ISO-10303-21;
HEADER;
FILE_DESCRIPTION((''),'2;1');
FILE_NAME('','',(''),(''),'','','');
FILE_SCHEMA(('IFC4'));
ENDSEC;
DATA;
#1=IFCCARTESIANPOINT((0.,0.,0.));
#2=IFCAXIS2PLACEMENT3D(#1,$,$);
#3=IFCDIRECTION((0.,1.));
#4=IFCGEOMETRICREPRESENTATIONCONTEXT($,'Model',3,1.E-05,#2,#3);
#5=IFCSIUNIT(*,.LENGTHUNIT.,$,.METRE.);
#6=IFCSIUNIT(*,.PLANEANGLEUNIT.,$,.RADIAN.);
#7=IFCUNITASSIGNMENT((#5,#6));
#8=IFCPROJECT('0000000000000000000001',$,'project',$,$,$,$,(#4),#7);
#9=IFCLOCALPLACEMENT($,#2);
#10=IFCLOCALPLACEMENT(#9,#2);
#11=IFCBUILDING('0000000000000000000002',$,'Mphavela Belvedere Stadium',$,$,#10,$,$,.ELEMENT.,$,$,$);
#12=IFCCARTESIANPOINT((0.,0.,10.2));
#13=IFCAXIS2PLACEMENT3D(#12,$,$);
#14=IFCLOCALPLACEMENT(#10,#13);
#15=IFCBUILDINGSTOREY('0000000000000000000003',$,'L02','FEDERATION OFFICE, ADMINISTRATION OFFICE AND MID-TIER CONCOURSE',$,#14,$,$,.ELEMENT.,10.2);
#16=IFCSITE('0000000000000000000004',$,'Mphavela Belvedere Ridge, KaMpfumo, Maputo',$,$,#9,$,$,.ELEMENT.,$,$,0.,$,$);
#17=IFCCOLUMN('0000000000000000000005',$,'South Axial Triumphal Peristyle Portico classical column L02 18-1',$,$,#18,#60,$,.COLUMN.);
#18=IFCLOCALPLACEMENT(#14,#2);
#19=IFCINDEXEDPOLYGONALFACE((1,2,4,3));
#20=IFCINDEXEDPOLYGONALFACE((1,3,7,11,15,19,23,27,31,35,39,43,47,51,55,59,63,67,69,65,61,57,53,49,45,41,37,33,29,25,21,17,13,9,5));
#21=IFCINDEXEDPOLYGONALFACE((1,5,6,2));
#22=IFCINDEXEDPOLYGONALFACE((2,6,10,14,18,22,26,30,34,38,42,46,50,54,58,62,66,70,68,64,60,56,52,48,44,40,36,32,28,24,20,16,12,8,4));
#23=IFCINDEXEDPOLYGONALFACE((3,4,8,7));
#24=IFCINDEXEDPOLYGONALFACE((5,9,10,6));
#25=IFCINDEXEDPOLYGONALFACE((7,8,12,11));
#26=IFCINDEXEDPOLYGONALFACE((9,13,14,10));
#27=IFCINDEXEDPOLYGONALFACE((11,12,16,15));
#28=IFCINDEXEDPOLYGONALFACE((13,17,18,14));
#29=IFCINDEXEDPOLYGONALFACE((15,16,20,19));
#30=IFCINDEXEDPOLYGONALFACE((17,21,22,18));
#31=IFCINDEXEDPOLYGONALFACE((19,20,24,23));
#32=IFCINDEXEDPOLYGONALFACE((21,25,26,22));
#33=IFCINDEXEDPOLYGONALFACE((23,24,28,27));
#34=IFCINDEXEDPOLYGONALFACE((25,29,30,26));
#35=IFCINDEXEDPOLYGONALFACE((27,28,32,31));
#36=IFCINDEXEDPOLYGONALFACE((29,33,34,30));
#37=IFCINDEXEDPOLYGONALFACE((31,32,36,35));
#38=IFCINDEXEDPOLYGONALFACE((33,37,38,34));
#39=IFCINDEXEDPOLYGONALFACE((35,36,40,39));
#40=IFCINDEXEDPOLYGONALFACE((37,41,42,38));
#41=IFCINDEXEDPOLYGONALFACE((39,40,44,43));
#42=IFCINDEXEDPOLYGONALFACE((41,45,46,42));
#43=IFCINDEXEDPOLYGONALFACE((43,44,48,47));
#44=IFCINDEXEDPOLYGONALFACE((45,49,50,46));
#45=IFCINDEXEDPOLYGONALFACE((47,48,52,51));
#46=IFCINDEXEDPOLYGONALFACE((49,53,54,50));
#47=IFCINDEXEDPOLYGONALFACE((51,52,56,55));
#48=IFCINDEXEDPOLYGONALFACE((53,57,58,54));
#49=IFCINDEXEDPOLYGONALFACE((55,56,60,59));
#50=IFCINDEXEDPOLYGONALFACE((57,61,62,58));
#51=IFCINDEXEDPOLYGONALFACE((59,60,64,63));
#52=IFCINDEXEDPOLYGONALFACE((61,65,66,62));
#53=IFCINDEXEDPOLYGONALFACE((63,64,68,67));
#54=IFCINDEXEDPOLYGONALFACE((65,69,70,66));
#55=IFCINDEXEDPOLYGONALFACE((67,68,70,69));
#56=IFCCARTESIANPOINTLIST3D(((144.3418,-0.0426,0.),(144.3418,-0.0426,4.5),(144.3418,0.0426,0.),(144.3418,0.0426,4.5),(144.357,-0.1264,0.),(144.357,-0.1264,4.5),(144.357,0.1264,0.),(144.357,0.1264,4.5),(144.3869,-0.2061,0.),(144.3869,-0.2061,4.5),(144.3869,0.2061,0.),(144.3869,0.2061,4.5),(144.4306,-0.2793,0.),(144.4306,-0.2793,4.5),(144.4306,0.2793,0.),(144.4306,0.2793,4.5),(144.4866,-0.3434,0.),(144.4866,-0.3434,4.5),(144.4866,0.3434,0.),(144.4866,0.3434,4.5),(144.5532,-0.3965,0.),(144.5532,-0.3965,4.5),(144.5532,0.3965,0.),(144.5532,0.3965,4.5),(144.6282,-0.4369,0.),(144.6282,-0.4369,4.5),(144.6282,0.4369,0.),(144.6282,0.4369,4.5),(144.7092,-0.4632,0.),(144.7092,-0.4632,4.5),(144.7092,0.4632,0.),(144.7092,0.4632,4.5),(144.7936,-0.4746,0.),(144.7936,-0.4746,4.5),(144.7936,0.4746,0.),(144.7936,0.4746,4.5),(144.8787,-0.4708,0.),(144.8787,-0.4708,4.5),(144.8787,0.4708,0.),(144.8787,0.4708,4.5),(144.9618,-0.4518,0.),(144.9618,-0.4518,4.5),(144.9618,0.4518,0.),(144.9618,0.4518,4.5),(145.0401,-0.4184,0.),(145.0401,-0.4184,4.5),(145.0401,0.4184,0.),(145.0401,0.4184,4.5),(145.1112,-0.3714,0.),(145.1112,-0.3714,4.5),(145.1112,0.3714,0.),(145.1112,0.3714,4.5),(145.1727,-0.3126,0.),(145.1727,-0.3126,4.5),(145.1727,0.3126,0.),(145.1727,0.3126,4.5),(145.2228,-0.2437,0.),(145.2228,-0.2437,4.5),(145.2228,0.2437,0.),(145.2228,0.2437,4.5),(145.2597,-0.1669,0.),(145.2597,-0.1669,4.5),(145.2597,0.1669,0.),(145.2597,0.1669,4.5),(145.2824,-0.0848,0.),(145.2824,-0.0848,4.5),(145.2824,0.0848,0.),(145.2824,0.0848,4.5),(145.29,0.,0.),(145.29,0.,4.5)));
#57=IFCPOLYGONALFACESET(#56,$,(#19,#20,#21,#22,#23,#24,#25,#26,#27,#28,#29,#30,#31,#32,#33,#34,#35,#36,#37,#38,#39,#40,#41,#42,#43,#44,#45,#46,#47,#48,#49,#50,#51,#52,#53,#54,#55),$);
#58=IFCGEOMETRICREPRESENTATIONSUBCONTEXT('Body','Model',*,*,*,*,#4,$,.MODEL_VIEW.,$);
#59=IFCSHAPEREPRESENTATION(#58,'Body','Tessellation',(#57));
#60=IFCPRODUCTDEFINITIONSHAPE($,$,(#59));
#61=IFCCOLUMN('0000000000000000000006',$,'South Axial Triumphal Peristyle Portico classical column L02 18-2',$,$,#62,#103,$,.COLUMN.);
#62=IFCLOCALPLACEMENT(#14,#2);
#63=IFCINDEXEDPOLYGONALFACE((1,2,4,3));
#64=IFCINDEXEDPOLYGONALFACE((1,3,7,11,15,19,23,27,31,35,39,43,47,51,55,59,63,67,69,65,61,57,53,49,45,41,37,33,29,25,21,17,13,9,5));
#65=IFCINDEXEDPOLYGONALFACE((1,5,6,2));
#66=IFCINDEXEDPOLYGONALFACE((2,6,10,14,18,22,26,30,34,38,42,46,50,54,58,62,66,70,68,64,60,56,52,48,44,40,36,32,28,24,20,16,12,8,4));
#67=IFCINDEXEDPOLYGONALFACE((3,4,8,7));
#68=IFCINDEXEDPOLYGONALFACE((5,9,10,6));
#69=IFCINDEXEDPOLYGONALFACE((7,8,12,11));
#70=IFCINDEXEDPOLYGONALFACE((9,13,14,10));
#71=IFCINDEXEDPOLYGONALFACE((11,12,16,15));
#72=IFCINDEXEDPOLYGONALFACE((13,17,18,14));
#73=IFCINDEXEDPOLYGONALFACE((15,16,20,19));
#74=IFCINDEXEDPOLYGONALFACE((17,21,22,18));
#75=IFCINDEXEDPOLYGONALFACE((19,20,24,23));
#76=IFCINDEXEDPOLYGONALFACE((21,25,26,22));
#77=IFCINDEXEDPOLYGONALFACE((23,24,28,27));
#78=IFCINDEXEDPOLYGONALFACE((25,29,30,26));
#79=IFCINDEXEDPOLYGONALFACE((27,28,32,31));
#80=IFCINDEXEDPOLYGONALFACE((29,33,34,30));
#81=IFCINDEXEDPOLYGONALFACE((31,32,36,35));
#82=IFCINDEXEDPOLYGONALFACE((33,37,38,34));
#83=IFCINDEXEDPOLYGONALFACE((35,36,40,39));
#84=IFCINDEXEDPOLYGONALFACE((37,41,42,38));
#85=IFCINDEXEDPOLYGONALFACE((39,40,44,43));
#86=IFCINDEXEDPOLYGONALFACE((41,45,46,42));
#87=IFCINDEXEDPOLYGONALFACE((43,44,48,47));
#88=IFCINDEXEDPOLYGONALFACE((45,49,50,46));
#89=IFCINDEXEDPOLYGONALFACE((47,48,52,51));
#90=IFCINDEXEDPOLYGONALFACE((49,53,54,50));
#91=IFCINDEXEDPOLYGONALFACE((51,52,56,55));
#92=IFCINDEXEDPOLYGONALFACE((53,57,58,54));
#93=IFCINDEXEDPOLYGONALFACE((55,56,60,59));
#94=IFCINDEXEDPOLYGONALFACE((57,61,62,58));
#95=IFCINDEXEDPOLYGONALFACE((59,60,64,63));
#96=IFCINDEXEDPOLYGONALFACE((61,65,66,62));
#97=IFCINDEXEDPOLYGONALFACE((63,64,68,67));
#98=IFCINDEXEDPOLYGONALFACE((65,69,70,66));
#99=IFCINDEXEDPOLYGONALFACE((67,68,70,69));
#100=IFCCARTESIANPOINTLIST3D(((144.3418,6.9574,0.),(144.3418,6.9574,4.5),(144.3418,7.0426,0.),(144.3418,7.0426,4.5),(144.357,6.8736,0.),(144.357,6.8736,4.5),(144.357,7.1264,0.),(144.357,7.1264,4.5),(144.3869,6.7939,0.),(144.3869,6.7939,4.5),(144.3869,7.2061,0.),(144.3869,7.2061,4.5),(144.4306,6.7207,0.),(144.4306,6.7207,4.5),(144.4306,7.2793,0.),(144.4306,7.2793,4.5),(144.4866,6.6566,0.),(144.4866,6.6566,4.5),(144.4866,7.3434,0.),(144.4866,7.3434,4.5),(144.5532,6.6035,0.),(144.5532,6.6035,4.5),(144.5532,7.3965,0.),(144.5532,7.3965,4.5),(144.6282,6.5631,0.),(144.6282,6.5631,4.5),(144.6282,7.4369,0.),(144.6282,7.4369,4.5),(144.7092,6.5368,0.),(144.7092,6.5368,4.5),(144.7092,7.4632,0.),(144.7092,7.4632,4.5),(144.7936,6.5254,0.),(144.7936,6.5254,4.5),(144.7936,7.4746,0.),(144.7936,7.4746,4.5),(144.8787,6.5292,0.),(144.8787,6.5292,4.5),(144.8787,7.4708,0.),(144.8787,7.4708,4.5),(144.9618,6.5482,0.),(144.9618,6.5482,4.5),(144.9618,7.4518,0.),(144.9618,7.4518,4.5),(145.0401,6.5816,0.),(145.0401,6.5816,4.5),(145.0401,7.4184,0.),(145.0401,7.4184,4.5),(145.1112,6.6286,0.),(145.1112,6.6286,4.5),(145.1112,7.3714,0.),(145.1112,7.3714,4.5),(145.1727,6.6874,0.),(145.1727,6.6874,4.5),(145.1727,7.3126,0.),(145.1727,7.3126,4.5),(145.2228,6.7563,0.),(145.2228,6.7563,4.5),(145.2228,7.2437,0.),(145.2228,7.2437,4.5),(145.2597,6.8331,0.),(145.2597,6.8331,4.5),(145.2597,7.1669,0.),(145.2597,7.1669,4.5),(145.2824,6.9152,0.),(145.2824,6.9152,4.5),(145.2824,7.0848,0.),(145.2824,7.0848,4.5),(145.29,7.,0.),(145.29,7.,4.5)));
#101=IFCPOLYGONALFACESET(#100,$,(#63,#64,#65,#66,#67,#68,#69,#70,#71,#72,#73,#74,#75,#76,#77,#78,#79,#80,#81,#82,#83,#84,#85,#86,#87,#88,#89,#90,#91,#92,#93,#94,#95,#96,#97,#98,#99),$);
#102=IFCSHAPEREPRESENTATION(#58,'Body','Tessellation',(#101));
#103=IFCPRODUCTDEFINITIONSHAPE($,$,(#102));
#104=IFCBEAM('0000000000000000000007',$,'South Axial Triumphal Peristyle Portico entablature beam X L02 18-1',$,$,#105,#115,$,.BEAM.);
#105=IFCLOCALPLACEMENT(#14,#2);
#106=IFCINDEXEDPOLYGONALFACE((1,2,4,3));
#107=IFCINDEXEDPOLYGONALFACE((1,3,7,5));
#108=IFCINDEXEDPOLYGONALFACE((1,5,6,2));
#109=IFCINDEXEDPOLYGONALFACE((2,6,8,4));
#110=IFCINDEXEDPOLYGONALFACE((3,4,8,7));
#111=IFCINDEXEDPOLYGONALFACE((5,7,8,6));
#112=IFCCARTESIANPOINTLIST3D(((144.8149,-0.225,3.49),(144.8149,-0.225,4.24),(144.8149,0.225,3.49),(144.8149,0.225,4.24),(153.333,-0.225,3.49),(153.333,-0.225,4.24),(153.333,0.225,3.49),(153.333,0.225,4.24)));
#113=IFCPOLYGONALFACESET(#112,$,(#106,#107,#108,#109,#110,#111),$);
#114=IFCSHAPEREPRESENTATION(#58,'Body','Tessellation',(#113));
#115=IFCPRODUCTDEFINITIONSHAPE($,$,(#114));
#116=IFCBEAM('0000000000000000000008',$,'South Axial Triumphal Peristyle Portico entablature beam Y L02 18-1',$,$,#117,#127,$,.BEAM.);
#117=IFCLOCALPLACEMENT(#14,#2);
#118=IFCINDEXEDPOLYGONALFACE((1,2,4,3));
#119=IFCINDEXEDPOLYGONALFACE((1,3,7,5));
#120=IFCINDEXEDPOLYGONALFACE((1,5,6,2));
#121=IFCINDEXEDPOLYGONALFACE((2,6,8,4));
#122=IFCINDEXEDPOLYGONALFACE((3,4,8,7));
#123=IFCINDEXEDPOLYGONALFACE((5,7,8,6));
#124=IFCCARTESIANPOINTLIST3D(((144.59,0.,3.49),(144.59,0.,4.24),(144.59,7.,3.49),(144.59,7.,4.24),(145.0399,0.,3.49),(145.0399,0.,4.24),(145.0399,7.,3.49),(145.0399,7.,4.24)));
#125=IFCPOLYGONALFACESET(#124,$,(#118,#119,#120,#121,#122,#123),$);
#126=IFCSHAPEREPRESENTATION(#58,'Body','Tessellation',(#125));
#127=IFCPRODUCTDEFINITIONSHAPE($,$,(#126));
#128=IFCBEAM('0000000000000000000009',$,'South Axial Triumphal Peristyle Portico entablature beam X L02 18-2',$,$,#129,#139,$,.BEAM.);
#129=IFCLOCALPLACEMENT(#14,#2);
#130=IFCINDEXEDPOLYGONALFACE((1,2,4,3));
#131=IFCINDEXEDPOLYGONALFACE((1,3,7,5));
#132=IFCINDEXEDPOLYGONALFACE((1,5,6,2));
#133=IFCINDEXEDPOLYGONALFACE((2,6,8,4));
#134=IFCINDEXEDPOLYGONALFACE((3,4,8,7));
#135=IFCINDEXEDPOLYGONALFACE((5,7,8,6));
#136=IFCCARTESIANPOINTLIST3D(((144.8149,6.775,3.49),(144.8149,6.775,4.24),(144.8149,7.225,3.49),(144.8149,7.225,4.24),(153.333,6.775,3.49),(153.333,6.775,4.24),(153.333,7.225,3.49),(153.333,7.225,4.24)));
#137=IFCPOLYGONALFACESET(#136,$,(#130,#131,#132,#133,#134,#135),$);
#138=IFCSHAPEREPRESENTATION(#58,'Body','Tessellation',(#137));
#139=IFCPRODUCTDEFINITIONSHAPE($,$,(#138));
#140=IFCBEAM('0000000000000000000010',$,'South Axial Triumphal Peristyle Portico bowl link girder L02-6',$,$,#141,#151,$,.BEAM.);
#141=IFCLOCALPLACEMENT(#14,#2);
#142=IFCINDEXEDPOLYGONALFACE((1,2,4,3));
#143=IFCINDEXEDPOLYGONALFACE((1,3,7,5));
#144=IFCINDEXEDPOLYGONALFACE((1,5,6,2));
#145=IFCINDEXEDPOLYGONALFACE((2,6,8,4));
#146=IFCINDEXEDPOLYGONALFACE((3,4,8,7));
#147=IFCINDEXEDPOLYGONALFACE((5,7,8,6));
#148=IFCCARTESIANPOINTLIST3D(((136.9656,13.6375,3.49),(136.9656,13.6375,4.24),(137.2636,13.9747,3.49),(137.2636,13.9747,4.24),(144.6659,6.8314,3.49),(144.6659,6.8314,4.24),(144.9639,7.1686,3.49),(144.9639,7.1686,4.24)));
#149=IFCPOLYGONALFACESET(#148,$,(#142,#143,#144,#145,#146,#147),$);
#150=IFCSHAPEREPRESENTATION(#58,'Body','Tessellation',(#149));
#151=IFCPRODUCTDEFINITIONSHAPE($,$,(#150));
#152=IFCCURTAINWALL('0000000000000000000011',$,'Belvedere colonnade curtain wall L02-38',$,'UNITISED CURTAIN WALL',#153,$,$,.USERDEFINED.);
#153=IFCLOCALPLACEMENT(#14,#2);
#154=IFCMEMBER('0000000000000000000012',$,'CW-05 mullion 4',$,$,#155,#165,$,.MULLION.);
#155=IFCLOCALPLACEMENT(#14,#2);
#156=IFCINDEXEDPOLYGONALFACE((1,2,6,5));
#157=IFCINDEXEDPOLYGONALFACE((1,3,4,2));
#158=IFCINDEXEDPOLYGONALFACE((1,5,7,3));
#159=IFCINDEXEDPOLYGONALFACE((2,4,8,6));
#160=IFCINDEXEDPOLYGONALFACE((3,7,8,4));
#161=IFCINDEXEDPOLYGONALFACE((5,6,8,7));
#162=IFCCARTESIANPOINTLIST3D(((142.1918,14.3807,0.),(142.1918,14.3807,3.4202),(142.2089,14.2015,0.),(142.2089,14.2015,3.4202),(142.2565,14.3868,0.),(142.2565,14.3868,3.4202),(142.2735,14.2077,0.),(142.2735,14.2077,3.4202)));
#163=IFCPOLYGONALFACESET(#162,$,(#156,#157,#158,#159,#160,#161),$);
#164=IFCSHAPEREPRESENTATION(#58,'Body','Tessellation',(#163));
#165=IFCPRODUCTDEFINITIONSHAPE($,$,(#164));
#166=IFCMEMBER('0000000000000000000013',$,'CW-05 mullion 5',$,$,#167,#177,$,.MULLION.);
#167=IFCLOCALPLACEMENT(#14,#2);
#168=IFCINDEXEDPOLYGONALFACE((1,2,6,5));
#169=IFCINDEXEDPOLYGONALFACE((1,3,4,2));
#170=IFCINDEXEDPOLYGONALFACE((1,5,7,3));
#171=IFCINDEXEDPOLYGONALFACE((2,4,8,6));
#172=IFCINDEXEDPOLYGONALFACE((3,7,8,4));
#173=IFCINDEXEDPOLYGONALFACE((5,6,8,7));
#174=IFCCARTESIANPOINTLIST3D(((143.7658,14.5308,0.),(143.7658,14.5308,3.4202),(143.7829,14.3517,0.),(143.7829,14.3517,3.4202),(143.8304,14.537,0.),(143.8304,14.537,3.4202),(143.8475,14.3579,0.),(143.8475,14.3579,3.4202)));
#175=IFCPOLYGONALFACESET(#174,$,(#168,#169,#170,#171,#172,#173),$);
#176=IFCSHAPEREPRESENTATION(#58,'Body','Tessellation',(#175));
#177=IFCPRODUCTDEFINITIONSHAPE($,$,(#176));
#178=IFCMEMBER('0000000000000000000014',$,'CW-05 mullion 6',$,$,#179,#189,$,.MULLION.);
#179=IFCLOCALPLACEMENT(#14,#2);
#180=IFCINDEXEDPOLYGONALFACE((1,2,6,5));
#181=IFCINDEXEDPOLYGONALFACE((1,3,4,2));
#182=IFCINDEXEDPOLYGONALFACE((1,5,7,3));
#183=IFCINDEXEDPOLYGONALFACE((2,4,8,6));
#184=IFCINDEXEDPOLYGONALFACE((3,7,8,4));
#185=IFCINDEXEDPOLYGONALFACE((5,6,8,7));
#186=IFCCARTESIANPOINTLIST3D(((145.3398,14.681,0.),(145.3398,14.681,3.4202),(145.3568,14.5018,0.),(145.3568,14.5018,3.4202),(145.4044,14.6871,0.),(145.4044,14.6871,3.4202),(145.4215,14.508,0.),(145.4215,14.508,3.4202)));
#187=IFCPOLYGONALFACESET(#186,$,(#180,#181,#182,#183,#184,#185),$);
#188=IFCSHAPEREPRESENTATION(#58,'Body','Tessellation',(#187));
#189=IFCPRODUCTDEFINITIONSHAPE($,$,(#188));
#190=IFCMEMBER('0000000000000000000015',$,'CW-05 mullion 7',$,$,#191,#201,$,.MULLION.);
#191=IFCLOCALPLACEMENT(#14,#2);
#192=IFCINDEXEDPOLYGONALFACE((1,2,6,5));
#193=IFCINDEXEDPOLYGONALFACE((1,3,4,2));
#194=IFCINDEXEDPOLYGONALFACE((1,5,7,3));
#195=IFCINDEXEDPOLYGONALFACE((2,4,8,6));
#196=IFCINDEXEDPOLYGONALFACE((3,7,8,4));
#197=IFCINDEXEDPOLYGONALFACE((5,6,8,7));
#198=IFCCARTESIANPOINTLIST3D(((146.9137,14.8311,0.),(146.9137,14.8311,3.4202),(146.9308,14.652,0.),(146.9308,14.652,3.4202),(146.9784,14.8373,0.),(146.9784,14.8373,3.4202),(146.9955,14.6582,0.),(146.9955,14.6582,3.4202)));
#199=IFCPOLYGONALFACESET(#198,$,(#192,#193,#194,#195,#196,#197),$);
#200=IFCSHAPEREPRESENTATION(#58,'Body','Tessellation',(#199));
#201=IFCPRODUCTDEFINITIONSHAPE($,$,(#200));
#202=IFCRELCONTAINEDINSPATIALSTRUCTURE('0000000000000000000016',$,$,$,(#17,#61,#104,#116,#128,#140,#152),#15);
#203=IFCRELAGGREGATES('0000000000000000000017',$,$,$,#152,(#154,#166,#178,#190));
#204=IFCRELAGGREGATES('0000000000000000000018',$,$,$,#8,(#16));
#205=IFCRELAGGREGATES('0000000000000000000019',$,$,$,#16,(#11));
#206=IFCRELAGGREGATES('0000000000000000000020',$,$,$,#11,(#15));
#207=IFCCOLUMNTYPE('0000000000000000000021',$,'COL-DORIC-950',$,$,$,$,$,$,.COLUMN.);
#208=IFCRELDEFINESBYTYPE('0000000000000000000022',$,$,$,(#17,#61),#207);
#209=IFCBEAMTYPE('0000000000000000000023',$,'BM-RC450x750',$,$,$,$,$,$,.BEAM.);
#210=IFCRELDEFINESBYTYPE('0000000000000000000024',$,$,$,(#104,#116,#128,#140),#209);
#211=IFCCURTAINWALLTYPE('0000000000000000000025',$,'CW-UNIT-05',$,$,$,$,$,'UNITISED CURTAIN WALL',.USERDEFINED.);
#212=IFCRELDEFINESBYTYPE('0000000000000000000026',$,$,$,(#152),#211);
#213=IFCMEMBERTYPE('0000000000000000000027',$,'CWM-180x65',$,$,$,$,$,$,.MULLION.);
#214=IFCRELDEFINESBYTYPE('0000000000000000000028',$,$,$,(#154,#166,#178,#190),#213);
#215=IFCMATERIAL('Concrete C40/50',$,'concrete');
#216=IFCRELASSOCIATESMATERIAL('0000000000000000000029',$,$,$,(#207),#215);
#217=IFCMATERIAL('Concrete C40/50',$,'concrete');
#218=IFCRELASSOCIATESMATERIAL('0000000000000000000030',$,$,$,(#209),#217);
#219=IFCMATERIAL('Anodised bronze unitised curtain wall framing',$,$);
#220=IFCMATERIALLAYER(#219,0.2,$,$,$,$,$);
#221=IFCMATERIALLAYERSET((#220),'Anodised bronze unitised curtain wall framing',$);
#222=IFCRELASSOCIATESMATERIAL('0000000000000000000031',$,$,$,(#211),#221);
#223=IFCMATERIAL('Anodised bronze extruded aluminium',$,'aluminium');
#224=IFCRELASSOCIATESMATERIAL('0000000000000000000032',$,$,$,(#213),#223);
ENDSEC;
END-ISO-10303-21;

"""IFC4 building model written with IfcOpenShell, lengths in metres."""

from ifc_helpers import new_model, si_unit, direction, frame, origin, origin_2d, place, context, subcontext, project, spatial, rectangle, circle, extrude, material, layer, layer_set, material_profile, profile_set, type_object, element, aggregate, save


model = new_model("IFC4")

# Units and contexts
model_context = context("Model", 3, precision=1e-05, world=origin(), true_north=direction((0.0, 1.0)))
body_context = subcontext(model_context, "Body", "Model", "MODEL_VIEW")
ifc_project = project(units=[si_unit("LENGTHUNIT", "METRE"), si_unit("PLANEANGLEUNIT", "RADIAN")], contexts=[model_context])

# Site, building, storey
site_placement = place(None, origin())
site = spatial("IfcSite", under=ifc_project, at=site_placement, Name="Mphavela Belvedere Ridge, KaMpfumo, Maputo", CompositionType="ELEMENT", RefElevation=0.0)
building_placement = place(site_placement, origin())
building = spatial("IfcBuilding", under=site, at=building_placement, Name="Mphavela Belvedere Stadium", CompositionType="ELEMENT")
storey_placement = place(building_placement, frame((0.0, 0.0, 10.2)))
storey = spatial("IfcBuildingStorey", under=building, at=storey_placement, Name="L02", Description="FEDERATION OFFICE, ADMINISTRATION OFFICE AND MID-TIER CONCOURSE", CompositionType="ELEMENT", Elevation=10.2)

# Columns
ifc_material_1 = material(Name="Concrete C40/50", Category="concrete")
ifc_material_profile_1 = material_profile(ifc_material_1, circle(Radius=0.4751, at=origin_2d()), Name="COL D950")
ifc_profile_set_1 = profile_set([ifc_material_profile_1], Name="Concrete C40/50")
column_type = type_object("IfcColumnType", Name="COL-DORIC-950", PredefinedType="COLUMN", material=ifc_profile_set_1)
for number, where, z_axis, x_axis, name in (
    (1, (144.8149, 0.0, 0.0), (0.0, 0.0, 1.0), (1.0, 0.0, 0.0), "South Axial Triumphal Peristyle Portico classical column L02 18-1"),
    (2, (144.8149, 7.0, 0.0), (0.0, 0.0, 1.0), (1.0, 0.0, 0.0), "South Axial Triumphal Peristyle Portico classical column L02 18-2"),
):
    element("IfcColumn", number, at=place(storey_placement, frame(where, z_axis=z_axis, x_axis=x_axis)), inside=storey, type_object=column_type, Name=name, PredefinedType="COLUMN", context=body_context, shape_type="SweptSolid", body=[
        extrude(circle(Radius=0.4751, at=origin_2d()), origin(), (0.0, 0.0, 1.0), 4.5),
    ])

# Beams
ifc_material_2 = material(Name="Concrete C40/50", Category="concrete")
ifc_material_profile_2 = material_profile(ifc_material_2, rectangle(XDim=0.45, YDim=0.75, at=origin_2d()), Name="RC 450x750")
ifc_profile_set_2 = profile_set([ifc_material_profile_2], Name="Concrete C40/50")
beam_type = type_object("IfcBeamType", Name="BM-RC450x750", PredefinedType="BEAM", material=ifc_profile_set_2)
beam_1_placement = place(storey_placement, frame((144.8149, 0.0, 3.865), z_axis=(1.0, 0.0, 0.0), x_axis=(0.0, 1.0, 0.0)))
element("IfcBeam", 3, at=beam_1_placement, inside=storey, type_object=beam_type, Name="South Axial Triumphal Peristyle Portico entablature beam X L02 18-1", PredefinedType="BEAM", context=body_context, shape_type="SweptSolid", body=[
    extrude(rectangle(XDim=0.45, YDim=0.75, at=origin_2d()), origin(), (0.0, 0.0, 1.0), 8.5181),
])
beam_2_placement = place(storey_placement, frame((144.8149, 0.0, 3.865), z_axis=(0.0, 1.0, 0.0), x_axis=(-1.0, 0.0, 0.0)))
element("IfcBeam", 4, at=beam_2_placement, inside=storey, type_object=beam_type, Name="South Axial Triumphal Peristyle Portico entablature beam Y L02 18-1", PredefinedType="BEAM", context=body_context, shape_type="SweptSolid", body=[
    extrude(rectangle(XDim=0.45, YDim=0.75, at=origin_2d()), origin(), (0.0, 0.0, 1.0), 7.0),
])
beam_3_placement = place(storey_placement, frame((144.8149, 7.0, 3.865), z_axis=(1.0, 0.0, 0.0), x_axis=(0.0, 1.0, 0.0)))
element("IfcBeam", 5, at=beam_3_placement, inside=storey, type_object=beam_type, Name="South Axial Triumphal Peristyle Portico entablature beam X L02 18-2", PredefinedType="BEAM", context=body_context, shape_type="SweptSolid", body=[
    extrude(rectangle(XDim=0.45, YDim=0.75, at=origin_2d()), origin(), (0.0, 0.0, 1.0), 8.5181),
])
beam_4_placement = place(storey_placement, frame((144.8149, 7.0, 3.865), z_axis=(-0.749275, 0.662259, 0.0), x_axis=(-0.662259, -0.749275, 0.0)))
element("IfcBeam", 6, at=beam_4_placement, inside=storey, type_object=beam_type, Name="South Axial Triumphal Peristyle Portico bowl link girder L02-6", PredefinedType="BEAM", context=body_context, shape_type="SweptSolid", body=[
    extrude(rectangle(XDim=0.45, YDim=0.75, at=origin_2d()), origin(), (0.0, 0.0, 1.0), 10.2771),
])

# Curtain wall, members
ifc_material_3 = material(Name="Anodised bronze unitised curtain wall framing")
ifc_layer_1 = layer(ifc_material_3, 0.2)
ifc_layer_set_1 = layer_set([ifc_layer_1], Name="Anodised bronze unitised curtain wall framing")
curtain_wall_type = type_object("IfcCurtainWallType", Name="CW-UNIT-05", ElementType="UNITISED CURTAIN WALL", PredefinedType="USERDEFINED", material=ifc_layer_set_1)
curtain_wall_placement = place(storey_placement, origin())
curtain_wall = element("IfcCurtainWall", 7, at=curtain_wall_placement, inside=storey, type_object=curtain_wall_type, Name="Belvedere colonnade curtain wall L02-38", ObjectType="UNITISED CURTAIN WALL", PredefinedType="USERDEFINED")
ifc_material_4 = material(Name="Anodised bronze extruded aluminium", Category="aluminium")
ifc_material_profile_3 = material_profile(ifc_material_4, rectangle(XDim=0.1799, YDim=0.0649, at=origin_2d()), Name="CW-MUL 180x65")
ifc_profile_set_3 = profile_set([ifc_material_profile_3], Name="Anodised bronze extruded aluminium")
member_type_1 = type_object("IfcMemberType", Name="CWM-180x65", PredefinedType="MULLION", material=ifc_profile_set_3)
member_1_placement = place(storey_placement, frame((142.2327, 14.2942, 0.0), z_axis=(0.0, 0.0, 1.0), x_axis=(-0.094926, 0.995484, 0.0)))
member_1 = element("IfcMember", 8, at=member_1_placement, type_object=member_type_1, Name="CW-05 mullion 4", PredefinedType="MULLION", context=body_context, shape_type="SweptSolid", body=[
    extrude(rectangle(XDim=0.1799, YDim=0.0649, at=origin_2d()), origin(), (0.0, 0.0, 1.0), 3.4202),
])
member_2_placement = place(storey_placement, frame((143.8066, 14.4443, 0.0), z_axis=(0.0, 0.0, 1.0), x_axis=(-0.094926, 0.995484, 0.0)))
member_2 = element("IfcMember", 9, at=member_2_placement, type_object=member_type_1, Name="CW-05 mullion 5", PredefinedType="MULLION", context=body_context, shape_type="SweptSolid", body=[
    extrude(rectangle(XDim=0.1799, YDim=0.0649, at=origin_2d()), origin(), (0.0, 0.0, 1.0), 3.4202),
])
member_3_placement = place(storey_placement, frame((145.3806, 14.5945, 0.0), z_axis=(0.0, 0.0, 1.0), x_axis=(-0.094926, 0.995484, 0.0)))
member_3 = element("IfcMember", 10, at=member_3_placement, type_object=member_type_1, Name="CW-05 mullion 6", PredefinedType="MULLION", context=body_context, shape_type="SweptSolid", body=[
    extrude(rectangle(XDim=0.1799, YDim=0.0649, at=origin_2d()), origin(), (0.0, 0.0, 1.0), 3.4202),
])
member_4_placement = place(storey_placement, frame((146.9546, 14.7446, 0.0), z_axis=(0.0, 0.0, 1.0), x_axis=(-0.094926, 0.995484, 0.0)))
member_4 = element("IfcMember", 11, at=member_4_placement, type_object=member_type_1, Name="CW-05 mullion 7", PredefinedType="MULLION", context=body_context, shape_type="SweptSolid", body=[
    extrude(rectangle(XDim=0.1799, YDim=0.0649, at=origin_2d()), origin(), (0.0, 0.0, 1.0), 3.4202),
])
aggregate(curtain_wall, [member_1, member_2, member_3, member_4])

save(model, "model.ifc")
